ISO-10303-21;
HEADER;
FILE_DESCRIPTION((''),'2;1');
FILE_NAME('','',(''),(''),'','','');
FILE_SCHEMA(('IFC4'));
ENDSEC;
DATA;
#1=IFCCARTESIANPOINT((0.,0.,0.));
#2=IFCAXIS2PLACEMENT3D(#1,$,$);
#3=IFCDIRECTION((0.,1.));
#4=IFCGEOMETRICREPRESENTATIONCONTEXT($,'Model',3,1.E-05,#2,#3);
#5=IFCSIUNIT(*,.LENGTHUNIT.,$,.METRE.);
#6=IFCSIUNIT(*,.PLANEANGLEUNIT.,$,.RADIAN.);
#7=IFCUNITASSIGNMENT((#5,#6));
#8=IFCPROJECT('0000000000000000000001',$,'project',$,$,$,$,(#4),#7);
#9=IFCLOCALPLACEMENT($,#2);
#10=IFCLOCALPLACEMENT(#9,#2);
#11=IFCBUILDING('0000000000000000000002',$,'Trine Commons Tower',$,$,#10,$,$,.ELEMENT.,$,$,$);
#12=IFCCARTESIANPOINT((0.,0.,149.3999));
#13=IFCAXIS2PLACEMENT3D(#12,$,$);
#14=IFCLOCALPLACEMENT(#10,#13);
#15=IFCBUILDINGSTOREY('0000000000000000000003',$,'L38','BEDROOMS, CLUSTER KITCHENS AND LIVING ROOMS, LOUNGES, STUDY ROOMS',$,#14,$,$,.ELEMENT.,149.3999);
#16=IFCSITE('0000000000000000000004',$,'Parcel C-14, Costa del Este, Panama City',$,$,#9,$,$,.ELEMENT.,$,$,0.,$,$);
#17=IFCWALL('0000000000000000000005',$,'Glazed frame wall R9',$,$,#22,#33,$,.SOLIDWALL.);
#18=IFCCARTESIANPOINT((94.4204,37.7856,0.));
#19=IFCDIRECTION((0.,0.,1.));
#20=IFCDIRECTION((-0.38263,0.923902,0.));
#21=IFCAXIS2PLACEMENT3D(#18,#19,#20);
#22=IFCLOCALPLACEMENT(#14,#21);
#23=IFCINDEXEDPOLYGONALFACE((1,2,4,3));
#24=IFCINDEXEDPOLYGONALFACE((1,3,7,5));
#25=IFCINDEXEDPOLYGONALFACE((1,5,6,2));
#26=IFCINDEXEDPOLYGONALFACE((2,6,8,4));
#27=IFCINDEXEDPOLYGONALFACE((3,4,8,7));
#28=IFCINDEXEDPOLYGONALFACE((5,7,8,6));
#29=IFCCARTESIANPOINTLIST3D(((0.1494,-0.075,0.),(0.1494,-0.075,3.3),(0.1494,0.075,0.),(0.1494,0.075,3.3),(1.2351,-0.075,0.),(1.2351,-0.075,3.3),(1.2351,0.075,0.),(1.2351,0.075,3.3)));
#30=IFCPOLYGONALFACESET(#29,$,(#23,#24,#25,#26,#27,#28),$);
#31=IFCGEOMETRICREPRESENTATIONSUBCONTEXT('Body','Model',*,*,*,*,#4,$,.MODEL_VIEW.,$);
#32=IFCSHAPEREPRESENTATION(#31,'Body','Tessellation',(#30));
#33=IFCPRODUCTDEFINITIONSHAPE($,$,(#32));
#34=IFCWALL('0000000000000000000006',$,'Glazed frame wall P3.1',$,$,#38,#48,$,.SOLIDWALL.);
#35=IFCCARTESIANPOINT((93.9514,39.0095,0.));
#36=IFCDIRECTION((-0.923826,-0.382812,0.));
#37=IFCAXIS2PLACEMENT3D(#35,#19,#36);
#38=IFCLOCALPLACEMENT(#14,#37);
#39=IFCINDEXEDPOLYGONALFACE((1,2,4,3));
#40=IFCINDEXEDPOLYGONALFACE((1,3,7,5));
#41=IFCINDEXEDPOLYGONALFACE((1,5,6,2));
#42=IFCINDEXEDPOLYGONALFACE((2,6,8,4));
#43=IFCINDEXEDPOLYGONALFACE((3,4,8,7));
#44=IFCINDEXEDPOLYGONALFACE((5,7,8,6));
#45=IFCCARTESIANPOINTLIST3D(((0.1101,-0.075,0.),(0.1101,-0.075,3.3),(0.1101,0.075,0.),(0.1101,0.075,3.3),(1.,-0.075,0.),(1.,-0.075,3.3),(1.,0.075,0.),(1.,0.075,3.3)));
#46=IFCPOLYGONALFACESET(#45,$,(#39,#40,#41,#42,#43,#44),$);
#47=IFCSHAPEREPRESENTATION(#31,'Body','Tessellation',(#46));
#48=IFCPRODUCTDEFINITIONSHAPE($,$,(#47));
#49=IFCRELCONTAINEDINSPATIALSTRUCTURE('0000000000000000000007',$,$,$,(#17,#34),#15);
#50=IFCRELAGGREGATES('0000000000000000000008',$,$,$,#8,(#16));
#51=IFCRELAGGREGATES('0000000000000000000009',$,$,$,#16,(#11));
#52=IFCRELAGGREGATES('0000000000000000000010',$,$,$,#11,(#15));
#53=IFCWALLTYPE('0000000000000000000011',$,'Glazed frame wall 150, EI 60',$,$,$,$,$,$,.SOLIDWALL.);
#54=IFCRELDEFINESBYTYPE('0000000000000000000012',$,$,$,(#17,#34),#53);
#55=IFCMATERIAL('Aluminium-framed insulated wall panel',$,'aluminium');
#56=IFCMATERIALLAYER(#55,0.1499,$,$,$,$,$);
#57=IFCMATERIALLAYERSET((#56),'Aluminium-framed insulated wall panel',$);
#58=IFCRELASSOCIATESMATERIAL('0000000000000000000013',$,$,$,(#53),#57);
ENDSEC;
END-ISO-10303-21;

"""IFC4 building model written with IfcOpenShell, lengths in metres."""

from ifc_helpers import new_model, si_unit, direction, frame, origin, place, context, subcontext, project, spatial, polyline, outline, extrude, material, layer, layer_set, type_object, element, save


model = new_model("IFC4")

# Units and contexts
model_context = context("Model", 3, precision=1e-05, world=origin(), true_north=direction((0.0, 1.0)))
body_context = subcontext(model_context, "Body", "Model", "MODEL_VIEW")
ifc_project = project(units=[si_unit("LENGTHUNIT", "METRE"), si_unit("PLANEANGLEUNIT", "RADIAN")], contexts=[model_context])

# Site, building, storey
site_placement = place(None, origin())
site = spatial("IfcSite", under=ifc_project, at=site_placement, Name="Parcel C-14, Costa del Este, Panama City", CompositionType="ELEMENT", RefElevation=0.0)
building_placement = place(site_placement, origin())
building = spatial("IfcBuilding", under=site, at=building_placement, Name="Trine Commons Tower", CompositionType="ELEMENT")
storey_placement = place(building_placement, frame((0.0, 0.0, 149.3999)))
storey = spatial("IfcBuildingStorey", under=building, at=storey_placement, Name="L38", Description="BEDROOMS, CLUSTER KITCHENS AND LIVING ROOMS, LOUNGES, STUDY ROOMS", CompositionType="ELEMENT", Elevation=149.3999)

# Walls
ifc_material_1 = material(Name="Aluminium-framed insulated wall panel", Category="aluminium")
ifc_layer_1 = layer(ifc_material_1, 0.1499)
ifc_layer_set_1 = layer_set([ifc_layer_1], Name="Aluminium-framed insulated wall panel")
wall_type_1 = type_object("IfcWallType", Name="Glazed frame wall 150, EI 60", PredefinedType="SOLIDWALL", material=ifc_layer_set_1)
wall_1_placement = place(storey_placement, frame((94.4204, 37.7856, 0.0), z_axis=(0.0, 0.0, 1.0), x_axis=(-0.38263, 0.923902, 0.0)))
element("IfcWall", 1, at=wall_1_placement, inside=storey, type_object=wall_type_1, Name="Glazed frame wall R9", PredefinedType="SOLIDWALL", context=body_context, shape_type="SweptSolid", body=[
    extrude(outline(polyline([(0.1494, 0.075), (0.1494, -0.075), (1.2351, -0.075), (1.2351, 0.075), (0.1494, 0.075)])), origin(), (0.0, 0.0, 1.0), 3.3),
])
wall_2_placement = place(storey_placement, frame((93.9514, 39.0095, 0.0), z_axis=(0.0, 0.0, 1.0), x_axis=(-0.923826, -0.382812, 0.0)))
element("IfcWall", 2, at=wall_2_placement, inside=storey, type_object=wall_type_1, Name="Glazed frame wall P3.1", PredefinedType="SOLIDWALL", context=body_context, shape_type="SweptSolid", body=[
    extrude(outline(polyline([(0.1101, -0.075), (1.0, -0.075), (1.0, 0.075), (0.1101, 0.075), (0.1101, -0.075)])), origin(), (0.0, 0.0, 1.0), 3.3),
])

save(model, "model.ifc")
